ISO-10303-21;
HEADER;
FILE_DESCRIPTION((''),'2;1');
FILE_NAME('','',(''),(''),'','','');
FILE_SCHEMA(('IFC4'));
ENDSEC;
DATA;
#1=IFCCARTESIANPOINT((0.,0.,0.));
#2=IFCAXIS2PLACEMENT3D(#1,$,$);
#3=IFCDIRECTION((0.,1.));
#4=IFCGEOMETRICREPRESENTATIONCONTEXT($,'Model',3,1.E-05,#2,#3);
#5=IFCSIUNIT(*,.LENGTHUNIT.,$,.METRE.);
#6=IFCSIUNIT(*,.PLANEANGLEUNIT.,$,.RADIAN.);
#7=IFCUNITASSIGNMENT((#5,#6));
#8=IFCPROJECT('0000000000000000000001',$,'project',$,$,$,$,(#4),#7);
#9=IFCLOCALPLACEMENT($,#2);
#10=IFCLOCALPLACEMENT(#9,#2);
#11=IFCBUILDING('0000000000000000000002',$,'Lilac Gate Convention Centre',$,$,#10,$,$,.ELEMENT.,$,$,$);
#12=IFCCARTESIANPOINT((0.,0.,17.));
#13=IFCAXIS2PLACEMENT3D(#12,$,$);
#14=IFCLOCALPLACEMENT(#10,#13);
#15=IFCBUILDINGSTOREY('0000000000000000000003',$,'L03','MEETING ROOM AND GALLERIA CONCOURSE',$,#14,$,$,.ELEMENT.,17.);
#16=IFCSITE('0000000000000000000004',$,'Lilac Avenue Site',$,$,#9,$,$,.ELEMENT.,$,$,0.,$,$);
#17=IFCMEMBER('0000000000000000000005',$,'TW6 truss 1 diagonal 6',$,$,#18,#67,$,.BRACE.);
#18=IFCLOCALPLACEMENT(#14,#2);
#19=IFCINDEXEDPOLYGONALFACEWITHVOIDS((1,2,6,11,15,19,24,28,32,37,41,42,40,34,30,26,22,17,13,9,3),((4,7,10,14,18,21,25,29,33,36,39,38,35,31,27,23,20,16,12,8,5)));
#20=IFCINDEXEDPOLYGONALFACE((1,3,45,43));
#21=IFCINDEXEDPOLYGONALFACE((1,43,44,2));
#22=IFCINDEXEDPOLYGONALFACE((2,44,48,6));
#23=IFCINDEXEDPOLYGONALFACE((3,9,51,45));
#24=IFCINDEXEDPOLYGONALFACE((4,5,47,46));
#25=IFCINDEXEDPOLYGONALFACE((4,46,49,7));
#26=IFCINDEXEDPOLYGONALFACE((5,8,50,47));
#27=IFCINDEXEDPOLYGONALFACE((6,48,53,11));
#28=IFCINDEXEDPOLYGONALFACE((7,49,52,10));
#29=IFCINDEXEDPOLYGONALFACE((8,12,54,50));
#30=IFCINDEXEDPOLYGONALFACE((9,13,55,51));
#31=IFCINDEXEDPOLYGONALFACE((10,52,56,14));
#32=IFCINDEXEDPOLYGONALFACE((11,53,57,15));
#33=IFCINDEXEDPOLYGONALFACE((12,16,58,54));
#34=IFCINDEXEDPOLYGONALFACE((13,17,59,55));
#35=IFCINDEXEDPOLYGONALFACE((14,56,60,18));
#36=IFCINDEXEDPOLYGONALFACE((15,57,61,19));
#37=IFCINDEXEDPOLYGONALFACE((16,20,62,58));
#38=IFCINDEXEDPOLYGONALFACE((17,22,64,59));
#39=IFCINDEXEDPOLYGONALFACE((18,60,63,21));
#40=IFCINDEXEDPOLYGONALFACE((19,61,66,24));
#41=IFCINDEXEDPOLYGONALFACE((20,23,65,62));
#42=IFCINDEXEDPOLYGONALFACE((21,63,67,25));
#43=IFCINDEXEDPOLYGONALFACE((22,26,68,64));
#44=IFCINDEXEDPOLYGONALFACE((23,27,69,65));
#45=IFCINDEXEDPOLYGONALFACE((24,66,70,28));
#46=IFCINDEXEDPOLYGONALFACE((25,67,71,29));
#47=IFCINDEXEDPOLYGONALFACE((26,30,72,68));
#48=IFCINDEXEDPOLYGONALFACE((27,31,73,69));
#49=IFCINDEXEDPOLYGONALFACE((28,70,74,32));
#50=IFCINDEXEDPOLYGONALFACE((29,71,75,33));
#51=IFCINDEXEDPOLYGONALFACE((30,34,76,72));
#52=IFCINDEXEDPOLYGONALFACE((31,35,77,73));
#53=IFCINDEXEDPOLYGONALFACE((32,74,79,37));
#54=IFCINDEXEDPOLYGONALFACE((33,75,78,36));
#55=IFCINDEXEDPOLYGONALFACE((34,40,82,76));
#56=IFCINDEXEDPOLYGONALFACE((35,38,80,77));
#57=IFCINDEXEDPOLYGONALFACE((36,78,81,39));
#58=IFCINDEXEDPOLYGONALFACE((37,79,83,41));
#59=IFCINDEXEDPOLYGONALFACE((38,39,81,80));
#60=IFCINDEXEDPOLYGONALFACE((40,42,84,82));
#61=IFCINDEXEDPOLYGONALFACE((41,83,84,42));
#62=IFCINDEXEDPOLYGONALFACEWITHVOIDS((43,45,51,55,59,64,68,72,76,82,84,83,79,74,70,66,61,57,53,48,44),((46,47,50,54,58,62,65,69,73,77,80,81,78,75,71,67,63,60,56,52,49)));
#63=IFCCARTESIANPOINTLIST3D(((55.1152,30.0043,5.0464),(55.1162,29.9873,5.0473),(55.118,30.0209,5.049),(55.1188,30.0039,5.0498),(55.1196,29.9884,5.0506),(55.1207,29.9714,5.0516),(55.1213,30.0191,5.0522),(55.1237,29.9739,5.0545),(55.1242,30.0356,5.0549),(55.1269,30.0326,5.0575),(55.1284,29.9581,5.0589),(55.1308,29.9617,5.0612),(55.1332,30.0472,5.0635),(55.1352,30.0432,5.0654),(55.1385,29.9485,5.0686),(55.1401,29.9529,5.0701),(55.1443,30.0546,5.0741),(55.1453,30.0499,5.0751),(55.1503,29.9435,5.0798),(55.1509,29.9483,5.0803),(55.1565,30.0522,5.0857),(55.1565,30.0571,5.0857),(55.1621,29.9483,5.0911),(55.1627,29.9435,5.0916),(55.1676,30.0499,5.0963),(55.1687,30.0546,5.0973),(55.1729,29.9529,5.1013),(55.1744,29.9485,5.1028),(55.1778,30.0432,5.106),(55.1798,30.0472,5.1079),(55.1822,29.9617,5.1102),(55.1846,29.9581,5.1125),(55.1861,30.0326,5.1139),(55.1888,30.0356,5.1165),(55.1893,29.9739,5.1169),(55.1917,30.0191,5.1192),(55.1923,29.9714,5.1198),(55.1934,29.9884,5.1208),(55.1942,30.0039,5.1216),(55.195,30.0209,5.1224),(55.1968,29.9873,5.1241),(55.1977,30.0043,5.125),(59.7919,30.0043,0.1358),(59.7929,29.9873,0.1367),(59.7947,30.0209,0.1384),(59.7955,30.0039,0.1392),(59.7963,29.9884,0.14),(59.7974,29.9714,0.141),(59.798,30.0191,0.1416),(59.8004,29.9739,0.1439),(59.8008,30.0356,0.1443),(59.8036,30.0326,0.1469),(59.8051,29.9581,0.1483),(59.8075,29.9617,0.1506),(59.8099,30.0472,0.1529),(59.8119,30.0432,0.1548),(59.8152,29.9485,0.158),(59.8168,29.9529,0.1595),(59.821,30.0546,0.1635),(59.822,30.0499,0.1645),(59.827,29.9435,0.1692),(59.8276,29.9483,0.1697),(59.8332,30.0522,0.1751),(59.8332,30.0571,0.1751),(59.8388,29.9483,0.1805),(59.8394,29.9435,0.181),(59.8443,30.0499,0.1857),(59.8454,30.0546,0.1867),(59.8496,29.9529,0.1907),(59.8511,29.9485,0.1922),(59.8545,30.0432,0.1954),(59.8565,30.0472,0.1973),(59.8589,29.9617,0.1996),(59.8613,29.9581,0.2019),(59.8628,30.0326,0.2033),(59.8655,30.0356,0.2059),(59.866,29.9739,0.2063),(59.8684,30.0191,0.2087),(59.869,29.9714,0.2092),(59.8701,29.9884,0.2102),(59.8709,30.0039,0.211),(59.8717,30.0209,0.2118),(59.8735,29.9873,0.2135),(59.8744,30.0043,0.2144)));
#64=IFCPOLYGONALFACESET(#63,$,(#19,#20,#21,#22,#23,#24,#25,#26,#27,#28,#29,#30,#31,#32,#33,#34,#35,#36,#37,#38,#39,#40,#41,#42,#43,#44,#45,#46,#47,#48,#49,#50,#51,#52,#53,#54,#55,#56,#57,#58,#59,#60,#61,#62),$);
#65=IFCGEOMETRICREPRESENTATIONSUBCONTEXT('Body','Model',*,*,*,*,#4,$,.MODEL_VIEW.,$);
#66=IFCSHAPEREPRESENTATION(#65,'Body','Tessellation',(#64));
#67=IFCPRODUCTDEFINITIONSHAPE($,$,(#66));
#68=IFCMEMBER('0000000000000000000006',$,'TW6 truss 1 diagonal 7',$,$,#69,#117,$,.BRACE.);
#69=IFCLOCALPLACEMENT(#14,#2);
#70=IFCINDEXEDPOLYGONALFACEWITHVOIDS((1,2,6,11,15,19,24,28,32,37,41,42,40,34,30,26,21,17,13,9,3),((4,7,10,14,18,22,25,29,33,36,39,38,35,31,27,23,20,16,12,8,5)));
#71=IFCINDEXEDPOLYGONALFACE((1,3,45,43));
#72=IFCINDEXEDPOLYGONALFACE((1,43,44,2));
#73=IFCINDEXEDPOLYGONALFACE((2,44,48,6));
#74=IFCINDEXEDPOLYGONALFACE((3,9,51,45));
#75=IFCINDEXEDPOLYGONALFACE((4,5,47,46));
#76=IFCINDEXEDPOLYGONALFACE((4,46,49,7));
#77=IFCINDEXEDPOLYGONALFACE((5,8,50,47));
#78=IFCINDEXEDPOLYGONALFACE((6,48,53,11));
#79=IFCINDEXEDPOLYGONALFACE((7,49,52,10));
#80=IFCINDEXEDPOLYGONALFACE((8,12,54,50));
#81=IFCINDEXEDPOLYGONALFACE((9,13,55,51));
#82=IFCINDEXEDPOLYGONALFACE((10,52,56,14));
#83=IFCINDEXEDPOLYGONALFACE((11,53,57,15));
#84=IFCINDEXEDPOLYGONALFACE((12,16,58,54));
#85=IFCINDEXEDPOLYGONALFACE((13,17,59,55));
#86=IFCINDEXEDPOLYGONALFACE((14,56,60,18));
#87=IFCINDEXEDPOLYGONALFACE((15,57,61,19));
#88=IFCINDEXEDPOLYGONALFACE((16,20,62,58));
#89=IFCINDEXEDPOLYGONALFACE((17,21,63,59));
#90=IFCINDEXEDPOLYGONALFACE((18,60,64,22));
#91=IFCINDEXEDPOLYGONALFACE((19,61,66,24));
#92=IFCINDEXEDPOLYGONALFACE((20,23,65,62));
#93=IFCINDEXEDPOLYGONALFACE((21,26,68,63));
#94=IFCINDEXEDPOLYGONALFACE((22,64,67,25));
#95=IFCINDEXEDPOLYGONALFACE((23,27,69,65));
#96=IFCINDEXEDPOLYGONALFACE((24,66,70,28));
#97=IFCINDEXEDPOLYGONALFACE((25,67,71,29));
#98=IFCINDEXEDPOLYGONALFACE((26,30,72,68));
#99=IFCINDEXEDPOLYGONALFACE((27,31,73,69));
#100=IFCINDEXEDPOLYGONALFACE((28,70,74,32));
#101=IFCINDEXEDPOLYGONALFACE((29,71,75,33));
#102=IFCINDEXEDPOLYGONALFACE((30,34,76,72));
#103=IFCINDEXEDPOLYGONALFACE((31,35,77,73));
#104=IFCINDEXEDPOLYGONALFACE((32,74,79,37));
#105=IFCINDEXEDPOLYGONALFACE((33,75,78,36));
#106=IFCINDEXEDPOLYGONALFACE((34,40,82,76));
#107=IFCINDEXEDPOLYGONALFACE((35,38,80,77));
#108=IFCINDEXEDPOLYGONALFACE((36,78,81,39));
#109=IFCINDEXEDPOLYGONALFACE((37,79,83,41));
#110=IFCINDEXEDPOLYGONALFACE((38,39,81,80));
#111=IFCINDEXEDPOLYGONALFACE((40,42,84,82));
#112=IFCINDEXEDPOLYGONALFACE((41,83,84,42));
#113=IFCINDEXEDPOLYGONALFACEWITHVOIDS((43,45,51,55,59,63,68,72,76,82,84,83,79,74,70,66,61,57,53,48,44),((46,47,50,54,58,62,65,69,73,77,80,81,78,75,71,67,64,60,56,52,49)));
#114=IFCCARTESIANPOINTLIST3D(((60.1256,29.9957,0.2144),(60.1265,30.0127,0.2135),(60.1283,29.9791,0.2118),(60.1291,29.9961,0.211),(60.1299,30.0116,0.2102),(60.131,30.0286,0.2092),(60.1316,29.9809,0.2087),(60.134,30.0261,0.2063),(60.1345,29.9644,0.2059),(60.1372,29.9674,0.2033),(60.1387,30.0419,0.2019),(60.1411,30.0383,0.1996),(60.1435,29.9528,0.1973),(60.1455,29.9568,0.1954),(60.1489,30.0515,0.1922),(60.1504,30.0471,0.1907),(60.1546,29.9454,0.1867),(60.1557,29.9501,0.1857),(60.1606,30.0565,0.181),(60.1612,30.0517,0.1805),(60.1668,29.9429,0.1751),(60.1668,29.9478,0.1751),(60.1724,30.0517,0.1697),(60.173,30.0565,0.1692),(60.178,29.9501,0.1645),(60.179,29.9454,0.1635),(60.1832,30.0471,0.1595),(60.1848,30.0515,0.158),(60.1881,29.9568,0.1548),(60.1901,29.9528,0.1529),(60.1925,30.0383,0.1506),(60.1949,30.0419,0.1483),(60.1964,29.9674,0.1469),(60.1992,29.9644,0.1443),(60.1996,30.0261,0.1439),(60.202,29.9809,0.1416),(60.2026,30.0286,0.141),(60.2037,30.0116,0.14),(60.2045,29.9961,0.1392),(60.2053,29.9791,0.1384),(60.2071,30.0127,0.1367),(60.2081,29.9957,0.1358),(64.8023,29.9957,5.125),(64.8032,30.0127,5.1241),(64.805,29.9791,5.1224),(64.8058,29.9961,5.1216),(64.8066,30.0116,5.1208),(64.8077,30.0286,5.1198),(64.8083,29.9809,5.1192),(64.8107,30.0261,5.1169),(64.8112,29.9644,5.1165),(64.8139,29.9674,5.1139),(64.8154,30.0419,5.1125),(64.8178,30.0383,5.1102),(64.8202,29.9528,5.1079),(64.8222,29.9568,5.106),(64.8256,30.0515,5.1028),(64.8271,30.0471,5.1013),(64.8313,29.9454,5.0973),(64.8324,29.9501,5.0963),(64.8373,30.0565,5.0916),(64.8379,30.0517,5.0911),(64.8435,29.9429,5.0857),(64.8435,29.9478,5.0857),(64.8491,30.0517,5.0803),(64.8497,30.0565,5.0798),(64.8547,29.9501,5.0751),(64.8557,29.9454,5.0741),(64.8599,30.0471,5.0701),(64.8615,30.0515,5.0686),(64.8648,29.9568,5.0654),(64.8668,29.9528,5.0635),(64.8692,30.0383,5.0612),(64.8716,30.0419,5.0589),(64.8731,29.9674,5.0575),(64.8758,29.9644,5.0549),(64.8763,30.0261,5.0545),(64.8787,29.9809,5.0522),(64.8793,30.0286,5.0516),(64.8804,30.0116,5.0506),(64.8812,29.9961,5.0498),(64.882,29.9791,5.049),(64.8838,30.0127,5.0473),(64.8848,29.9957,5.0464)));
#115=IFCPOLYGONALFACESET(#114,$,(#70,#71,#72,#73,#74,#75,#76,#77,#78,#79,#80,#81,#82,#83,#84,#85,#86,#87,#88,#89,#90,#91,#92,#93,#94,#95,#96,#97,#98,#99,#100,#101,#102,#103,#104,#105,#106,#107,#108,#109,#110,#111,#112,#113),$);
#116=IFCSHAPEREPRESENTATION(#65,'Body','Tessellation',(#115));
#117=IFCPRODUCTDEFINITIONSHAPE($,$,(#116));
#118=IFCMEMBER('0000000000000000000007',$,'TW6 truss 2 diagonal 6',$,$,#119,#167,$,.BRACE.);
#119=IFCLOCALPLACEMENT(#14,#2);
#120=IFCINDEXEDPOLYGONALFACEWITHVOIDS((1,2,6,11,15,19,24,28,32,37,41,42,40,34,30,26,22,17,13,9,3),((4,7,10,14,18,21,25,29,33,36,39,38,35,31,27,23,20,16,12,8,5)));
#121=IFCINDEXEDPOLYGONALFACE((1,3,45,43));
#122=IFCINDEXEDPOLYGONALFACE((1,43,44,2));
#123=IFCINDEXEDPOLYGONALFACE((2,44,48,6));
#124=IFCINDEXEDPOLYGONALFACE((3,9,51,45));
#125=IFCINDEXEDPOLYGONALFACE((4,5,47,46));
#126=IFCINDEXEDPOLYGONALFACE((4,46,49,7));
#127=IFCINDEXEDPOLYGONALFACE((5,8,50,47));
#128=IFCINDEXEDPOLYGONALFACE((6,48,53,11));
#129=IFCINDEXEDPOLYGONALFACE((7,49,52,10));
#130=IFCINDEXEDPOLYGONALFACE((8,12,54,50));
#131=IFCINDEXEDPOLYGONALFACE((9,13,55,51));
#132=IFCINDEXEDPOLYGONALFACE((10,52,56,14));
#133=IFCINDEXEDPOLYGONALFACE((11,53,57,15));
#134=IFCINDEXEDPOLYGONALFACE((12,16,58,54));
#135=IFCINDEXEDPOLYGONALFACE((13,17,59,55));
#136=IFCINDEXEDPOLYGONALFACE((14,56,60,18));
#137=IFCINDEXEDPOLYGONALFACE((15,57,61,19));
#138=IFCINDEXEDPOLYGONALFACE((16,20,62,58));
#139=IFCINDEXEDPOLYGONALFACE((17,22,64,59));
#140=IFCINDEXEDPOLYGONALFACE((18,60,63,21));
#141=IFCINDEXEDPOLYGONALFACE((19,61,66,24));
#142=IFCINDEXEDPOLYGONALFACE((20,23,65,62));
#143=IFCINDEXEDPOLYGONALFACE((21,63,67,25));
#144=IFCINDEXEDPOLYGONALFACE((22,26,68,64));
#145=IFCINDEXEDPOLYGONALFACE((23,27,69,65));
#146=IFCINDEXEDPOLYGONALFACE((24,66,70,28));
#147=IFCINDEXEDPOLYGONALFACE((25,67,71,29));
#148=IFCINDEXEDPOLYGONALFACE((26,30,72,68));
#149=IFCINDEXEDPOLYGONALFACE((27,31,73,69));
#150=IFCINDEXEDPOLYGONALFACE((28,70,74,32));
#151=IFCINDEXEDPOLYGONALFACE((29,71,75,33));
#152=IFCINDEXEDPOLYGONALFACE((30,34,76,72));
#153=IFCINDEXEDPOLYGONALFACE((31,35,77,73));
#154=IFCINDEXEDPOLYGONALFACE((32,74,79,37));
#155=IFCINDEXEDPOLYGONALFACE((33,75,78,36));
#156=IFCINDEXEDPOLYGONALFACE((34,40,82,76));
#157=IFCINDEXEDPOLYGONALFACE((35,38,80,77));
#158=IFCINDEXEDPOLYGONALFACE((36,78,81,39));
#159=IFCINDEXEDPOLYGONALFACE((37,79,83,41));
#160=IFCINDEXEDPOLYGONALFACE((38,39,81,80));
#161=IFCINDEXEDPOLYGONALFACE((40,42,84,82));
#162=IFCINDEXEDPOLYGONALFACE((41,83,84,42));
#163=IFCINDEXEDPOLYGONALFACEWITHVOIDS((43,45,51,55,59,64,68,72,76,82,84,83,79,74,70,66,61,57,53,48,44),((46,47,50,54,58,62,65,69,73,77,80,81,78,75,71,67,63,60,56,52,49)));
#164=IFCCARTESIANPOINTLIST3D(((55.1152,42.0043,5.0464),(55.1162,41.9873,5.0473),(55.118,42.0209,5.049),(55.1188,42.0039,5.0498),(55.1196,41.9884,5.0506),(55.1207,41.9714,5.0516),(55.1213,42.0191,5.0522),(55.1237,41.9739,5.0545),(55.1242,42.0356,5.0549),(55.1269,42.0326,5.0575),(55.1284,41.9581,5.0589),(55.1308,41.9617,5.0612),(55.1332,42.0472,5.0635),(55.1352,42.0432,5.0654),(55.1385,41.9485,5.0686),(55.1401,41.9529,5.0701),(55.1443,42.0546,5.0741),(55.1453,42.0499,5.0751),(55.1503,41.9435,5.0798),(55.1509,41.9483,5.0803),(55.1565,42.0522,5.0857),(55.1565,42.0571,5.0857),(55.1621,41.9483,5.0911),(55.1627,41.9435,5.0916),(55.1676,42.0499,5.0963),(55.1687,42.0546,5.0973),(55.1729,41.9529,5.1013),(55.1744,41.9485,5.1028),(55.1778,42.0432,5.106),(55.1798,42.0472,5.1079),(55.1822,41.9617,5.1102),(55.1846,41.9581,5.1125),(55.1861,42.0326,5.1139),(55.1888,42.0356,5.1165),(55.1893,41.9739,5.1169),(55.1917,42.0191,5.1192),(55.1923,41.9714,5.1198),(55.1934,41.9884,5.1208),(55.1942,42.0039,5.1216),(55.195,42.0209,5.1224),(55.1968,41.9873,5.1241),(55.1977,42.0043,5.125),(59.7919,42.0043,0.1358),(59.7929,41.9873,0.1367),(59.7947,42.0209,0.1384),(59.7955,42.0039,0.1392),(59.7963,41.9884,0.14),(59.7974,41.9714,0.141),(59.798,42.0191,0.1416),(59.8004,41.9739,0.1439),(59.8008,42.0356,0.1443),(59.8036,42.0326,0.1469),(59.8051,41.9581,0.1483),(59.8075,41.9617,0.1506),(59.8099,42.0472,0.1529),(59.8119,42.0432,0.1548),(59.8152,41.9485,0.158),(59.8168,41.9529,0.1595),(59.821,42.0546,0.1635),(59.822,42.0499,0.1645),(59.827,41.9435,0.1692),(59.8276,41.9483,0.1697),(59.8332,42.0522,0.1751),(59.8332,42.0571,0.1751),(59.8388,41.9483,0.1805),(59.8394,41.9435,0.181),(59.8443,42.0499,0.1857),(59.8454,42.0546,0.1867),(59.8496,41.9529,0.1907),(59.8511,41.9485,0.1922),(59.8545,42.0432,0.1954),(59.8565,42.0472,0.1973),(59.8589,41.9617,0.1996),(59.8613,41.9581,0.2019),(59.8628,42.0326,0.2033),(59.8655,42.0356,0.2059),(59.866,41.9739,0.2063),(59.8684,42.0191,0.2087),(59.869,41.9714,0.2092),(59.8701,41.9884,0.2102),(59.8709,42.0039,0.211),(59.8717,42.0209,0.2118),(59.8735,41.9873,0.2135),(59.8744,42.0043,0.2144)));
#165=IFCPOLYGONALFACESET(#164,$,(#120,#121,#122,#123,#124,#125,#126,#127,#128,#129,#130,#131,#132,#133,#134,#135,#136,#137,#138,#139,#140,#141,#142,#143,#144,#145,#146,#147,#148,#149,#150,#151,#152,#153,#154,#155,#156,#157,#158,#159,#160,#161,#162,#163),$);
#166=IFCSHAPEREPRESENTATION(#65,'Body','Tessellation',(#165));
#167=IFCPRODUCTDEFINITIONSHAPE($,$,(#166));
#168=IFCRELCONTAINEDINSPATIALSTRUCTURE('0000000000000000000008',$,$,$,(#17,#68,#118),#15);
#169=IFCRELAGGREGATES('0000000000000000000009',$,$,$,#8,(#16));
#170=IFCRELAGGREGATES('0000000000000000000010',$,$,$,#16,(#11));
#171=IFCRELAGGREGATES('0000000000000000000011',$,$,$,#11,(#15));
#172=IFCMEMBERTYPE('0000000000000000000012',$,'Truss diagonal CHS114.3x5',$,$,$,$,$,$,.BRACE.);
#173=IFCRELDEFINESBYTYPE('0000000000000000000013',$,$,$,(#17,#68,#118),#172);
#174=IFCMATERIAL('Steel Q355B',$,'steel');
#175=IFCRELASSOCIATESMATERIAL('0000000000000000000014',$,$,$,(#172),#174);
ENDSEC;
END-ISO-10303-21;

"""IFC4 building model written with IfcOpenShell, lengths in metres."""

from ifc_helpers import new_model, si_unit, direction, frame, origin, origin_2d, place, context, subcontext, project, spatial, hollow_circle, extrude, material, material_profile, profile_set, type_object, element, save


model = new_model("IFC4")

# Units and contexts
model_context = context("Model", 3, precision=1e-05, world=origin(), true_north=direction((0.0, 1.0)))
body_context = subcontext(model_context, "Body", "Model", "MODEL_VIEW")
ifc_project = project(units=[si_unit("LENGTHUNIT", "METRE"), si_unit("PLANEANGLEUNIT", "RADIAN")], contexts=[model_context])

# Site, building, storey
site_placement = place(None, origin())
site = spatial("IfcSite", under=ifc_project, at=site_placement, Name="Lilac Avenue Site", CompositionType="ELEMENT", RefElevation=0.0)
building_placement = place(site_placement, origin())
building = spatial("IfcBuilding", under=site, at=building_placement, Name="Lilac Gate Convention Centre", CompositionType="ELEMENT")
storey_placement = place(building_placement, frame((0.0, 0.0, 17.0)))
storey = spatial("IfcBuildingStorey", under=building, at=storey_placement, Name="L03", Description="MEETING ROOM AND GALLERIA CONCOURSE", CompositionType="ELEMENT", Elevation=17.0)

# Members
ifc_material = material(Name="Steel Q355B", Category="steel")
ifc_material_profile_1 = material_profile(ifc_material, hollow_circle(Radius=0.0571, WallThickness=0.0049, at=origin_2d()), Name="CHS114.3x5")
ifc_profile_set_1 = profile_set([ifc_material_profile_1], Name="Steel Q355B")
member_type_1 = type_object("IfcMemberType", Name="Truss diagonal CHS114.3x5", PredefinedType="BRACE", material=ifc_profile_set_1)
for number, where, z_axis, x_axis, name in (
    (1, (55.1565, 30.0, 5.0857), (0.689652, 0.0, -0.724141), (0.0, 1.0, 0.0), "TW6 truss 1 diagonal 6"),
    (2, (64.8435, 30.0, 5.0857), (-0.689652, 0.0, -0.724141), (0.0, -1.0, 0.0), "TW6 truss 1 diagonal 7"),
    (3, (55.1565, 42.0, 5.0857), (0.689652, 0.0, -0.724141), (0.0, 1.0, 0.0), "TW6 truss 2 diagonal 6"),
):
    element("IfcMember", number, at=place(storey_placement, frame(where, z_axis=z_axis, x_axis=x_axis)), inside=storey, type_object=member_type_1, Name=name, PredefinedType="BRACE", context=body_context, shape_type="SweptSolid", body=[
        extrude(hollow_circle(Radius=0.0571, WallThickness=0.0049, at=origin_2d()), origin(), (0.0, 0.0, 1.0), 6.7812),
    ])

save(model, "model.ifc")
